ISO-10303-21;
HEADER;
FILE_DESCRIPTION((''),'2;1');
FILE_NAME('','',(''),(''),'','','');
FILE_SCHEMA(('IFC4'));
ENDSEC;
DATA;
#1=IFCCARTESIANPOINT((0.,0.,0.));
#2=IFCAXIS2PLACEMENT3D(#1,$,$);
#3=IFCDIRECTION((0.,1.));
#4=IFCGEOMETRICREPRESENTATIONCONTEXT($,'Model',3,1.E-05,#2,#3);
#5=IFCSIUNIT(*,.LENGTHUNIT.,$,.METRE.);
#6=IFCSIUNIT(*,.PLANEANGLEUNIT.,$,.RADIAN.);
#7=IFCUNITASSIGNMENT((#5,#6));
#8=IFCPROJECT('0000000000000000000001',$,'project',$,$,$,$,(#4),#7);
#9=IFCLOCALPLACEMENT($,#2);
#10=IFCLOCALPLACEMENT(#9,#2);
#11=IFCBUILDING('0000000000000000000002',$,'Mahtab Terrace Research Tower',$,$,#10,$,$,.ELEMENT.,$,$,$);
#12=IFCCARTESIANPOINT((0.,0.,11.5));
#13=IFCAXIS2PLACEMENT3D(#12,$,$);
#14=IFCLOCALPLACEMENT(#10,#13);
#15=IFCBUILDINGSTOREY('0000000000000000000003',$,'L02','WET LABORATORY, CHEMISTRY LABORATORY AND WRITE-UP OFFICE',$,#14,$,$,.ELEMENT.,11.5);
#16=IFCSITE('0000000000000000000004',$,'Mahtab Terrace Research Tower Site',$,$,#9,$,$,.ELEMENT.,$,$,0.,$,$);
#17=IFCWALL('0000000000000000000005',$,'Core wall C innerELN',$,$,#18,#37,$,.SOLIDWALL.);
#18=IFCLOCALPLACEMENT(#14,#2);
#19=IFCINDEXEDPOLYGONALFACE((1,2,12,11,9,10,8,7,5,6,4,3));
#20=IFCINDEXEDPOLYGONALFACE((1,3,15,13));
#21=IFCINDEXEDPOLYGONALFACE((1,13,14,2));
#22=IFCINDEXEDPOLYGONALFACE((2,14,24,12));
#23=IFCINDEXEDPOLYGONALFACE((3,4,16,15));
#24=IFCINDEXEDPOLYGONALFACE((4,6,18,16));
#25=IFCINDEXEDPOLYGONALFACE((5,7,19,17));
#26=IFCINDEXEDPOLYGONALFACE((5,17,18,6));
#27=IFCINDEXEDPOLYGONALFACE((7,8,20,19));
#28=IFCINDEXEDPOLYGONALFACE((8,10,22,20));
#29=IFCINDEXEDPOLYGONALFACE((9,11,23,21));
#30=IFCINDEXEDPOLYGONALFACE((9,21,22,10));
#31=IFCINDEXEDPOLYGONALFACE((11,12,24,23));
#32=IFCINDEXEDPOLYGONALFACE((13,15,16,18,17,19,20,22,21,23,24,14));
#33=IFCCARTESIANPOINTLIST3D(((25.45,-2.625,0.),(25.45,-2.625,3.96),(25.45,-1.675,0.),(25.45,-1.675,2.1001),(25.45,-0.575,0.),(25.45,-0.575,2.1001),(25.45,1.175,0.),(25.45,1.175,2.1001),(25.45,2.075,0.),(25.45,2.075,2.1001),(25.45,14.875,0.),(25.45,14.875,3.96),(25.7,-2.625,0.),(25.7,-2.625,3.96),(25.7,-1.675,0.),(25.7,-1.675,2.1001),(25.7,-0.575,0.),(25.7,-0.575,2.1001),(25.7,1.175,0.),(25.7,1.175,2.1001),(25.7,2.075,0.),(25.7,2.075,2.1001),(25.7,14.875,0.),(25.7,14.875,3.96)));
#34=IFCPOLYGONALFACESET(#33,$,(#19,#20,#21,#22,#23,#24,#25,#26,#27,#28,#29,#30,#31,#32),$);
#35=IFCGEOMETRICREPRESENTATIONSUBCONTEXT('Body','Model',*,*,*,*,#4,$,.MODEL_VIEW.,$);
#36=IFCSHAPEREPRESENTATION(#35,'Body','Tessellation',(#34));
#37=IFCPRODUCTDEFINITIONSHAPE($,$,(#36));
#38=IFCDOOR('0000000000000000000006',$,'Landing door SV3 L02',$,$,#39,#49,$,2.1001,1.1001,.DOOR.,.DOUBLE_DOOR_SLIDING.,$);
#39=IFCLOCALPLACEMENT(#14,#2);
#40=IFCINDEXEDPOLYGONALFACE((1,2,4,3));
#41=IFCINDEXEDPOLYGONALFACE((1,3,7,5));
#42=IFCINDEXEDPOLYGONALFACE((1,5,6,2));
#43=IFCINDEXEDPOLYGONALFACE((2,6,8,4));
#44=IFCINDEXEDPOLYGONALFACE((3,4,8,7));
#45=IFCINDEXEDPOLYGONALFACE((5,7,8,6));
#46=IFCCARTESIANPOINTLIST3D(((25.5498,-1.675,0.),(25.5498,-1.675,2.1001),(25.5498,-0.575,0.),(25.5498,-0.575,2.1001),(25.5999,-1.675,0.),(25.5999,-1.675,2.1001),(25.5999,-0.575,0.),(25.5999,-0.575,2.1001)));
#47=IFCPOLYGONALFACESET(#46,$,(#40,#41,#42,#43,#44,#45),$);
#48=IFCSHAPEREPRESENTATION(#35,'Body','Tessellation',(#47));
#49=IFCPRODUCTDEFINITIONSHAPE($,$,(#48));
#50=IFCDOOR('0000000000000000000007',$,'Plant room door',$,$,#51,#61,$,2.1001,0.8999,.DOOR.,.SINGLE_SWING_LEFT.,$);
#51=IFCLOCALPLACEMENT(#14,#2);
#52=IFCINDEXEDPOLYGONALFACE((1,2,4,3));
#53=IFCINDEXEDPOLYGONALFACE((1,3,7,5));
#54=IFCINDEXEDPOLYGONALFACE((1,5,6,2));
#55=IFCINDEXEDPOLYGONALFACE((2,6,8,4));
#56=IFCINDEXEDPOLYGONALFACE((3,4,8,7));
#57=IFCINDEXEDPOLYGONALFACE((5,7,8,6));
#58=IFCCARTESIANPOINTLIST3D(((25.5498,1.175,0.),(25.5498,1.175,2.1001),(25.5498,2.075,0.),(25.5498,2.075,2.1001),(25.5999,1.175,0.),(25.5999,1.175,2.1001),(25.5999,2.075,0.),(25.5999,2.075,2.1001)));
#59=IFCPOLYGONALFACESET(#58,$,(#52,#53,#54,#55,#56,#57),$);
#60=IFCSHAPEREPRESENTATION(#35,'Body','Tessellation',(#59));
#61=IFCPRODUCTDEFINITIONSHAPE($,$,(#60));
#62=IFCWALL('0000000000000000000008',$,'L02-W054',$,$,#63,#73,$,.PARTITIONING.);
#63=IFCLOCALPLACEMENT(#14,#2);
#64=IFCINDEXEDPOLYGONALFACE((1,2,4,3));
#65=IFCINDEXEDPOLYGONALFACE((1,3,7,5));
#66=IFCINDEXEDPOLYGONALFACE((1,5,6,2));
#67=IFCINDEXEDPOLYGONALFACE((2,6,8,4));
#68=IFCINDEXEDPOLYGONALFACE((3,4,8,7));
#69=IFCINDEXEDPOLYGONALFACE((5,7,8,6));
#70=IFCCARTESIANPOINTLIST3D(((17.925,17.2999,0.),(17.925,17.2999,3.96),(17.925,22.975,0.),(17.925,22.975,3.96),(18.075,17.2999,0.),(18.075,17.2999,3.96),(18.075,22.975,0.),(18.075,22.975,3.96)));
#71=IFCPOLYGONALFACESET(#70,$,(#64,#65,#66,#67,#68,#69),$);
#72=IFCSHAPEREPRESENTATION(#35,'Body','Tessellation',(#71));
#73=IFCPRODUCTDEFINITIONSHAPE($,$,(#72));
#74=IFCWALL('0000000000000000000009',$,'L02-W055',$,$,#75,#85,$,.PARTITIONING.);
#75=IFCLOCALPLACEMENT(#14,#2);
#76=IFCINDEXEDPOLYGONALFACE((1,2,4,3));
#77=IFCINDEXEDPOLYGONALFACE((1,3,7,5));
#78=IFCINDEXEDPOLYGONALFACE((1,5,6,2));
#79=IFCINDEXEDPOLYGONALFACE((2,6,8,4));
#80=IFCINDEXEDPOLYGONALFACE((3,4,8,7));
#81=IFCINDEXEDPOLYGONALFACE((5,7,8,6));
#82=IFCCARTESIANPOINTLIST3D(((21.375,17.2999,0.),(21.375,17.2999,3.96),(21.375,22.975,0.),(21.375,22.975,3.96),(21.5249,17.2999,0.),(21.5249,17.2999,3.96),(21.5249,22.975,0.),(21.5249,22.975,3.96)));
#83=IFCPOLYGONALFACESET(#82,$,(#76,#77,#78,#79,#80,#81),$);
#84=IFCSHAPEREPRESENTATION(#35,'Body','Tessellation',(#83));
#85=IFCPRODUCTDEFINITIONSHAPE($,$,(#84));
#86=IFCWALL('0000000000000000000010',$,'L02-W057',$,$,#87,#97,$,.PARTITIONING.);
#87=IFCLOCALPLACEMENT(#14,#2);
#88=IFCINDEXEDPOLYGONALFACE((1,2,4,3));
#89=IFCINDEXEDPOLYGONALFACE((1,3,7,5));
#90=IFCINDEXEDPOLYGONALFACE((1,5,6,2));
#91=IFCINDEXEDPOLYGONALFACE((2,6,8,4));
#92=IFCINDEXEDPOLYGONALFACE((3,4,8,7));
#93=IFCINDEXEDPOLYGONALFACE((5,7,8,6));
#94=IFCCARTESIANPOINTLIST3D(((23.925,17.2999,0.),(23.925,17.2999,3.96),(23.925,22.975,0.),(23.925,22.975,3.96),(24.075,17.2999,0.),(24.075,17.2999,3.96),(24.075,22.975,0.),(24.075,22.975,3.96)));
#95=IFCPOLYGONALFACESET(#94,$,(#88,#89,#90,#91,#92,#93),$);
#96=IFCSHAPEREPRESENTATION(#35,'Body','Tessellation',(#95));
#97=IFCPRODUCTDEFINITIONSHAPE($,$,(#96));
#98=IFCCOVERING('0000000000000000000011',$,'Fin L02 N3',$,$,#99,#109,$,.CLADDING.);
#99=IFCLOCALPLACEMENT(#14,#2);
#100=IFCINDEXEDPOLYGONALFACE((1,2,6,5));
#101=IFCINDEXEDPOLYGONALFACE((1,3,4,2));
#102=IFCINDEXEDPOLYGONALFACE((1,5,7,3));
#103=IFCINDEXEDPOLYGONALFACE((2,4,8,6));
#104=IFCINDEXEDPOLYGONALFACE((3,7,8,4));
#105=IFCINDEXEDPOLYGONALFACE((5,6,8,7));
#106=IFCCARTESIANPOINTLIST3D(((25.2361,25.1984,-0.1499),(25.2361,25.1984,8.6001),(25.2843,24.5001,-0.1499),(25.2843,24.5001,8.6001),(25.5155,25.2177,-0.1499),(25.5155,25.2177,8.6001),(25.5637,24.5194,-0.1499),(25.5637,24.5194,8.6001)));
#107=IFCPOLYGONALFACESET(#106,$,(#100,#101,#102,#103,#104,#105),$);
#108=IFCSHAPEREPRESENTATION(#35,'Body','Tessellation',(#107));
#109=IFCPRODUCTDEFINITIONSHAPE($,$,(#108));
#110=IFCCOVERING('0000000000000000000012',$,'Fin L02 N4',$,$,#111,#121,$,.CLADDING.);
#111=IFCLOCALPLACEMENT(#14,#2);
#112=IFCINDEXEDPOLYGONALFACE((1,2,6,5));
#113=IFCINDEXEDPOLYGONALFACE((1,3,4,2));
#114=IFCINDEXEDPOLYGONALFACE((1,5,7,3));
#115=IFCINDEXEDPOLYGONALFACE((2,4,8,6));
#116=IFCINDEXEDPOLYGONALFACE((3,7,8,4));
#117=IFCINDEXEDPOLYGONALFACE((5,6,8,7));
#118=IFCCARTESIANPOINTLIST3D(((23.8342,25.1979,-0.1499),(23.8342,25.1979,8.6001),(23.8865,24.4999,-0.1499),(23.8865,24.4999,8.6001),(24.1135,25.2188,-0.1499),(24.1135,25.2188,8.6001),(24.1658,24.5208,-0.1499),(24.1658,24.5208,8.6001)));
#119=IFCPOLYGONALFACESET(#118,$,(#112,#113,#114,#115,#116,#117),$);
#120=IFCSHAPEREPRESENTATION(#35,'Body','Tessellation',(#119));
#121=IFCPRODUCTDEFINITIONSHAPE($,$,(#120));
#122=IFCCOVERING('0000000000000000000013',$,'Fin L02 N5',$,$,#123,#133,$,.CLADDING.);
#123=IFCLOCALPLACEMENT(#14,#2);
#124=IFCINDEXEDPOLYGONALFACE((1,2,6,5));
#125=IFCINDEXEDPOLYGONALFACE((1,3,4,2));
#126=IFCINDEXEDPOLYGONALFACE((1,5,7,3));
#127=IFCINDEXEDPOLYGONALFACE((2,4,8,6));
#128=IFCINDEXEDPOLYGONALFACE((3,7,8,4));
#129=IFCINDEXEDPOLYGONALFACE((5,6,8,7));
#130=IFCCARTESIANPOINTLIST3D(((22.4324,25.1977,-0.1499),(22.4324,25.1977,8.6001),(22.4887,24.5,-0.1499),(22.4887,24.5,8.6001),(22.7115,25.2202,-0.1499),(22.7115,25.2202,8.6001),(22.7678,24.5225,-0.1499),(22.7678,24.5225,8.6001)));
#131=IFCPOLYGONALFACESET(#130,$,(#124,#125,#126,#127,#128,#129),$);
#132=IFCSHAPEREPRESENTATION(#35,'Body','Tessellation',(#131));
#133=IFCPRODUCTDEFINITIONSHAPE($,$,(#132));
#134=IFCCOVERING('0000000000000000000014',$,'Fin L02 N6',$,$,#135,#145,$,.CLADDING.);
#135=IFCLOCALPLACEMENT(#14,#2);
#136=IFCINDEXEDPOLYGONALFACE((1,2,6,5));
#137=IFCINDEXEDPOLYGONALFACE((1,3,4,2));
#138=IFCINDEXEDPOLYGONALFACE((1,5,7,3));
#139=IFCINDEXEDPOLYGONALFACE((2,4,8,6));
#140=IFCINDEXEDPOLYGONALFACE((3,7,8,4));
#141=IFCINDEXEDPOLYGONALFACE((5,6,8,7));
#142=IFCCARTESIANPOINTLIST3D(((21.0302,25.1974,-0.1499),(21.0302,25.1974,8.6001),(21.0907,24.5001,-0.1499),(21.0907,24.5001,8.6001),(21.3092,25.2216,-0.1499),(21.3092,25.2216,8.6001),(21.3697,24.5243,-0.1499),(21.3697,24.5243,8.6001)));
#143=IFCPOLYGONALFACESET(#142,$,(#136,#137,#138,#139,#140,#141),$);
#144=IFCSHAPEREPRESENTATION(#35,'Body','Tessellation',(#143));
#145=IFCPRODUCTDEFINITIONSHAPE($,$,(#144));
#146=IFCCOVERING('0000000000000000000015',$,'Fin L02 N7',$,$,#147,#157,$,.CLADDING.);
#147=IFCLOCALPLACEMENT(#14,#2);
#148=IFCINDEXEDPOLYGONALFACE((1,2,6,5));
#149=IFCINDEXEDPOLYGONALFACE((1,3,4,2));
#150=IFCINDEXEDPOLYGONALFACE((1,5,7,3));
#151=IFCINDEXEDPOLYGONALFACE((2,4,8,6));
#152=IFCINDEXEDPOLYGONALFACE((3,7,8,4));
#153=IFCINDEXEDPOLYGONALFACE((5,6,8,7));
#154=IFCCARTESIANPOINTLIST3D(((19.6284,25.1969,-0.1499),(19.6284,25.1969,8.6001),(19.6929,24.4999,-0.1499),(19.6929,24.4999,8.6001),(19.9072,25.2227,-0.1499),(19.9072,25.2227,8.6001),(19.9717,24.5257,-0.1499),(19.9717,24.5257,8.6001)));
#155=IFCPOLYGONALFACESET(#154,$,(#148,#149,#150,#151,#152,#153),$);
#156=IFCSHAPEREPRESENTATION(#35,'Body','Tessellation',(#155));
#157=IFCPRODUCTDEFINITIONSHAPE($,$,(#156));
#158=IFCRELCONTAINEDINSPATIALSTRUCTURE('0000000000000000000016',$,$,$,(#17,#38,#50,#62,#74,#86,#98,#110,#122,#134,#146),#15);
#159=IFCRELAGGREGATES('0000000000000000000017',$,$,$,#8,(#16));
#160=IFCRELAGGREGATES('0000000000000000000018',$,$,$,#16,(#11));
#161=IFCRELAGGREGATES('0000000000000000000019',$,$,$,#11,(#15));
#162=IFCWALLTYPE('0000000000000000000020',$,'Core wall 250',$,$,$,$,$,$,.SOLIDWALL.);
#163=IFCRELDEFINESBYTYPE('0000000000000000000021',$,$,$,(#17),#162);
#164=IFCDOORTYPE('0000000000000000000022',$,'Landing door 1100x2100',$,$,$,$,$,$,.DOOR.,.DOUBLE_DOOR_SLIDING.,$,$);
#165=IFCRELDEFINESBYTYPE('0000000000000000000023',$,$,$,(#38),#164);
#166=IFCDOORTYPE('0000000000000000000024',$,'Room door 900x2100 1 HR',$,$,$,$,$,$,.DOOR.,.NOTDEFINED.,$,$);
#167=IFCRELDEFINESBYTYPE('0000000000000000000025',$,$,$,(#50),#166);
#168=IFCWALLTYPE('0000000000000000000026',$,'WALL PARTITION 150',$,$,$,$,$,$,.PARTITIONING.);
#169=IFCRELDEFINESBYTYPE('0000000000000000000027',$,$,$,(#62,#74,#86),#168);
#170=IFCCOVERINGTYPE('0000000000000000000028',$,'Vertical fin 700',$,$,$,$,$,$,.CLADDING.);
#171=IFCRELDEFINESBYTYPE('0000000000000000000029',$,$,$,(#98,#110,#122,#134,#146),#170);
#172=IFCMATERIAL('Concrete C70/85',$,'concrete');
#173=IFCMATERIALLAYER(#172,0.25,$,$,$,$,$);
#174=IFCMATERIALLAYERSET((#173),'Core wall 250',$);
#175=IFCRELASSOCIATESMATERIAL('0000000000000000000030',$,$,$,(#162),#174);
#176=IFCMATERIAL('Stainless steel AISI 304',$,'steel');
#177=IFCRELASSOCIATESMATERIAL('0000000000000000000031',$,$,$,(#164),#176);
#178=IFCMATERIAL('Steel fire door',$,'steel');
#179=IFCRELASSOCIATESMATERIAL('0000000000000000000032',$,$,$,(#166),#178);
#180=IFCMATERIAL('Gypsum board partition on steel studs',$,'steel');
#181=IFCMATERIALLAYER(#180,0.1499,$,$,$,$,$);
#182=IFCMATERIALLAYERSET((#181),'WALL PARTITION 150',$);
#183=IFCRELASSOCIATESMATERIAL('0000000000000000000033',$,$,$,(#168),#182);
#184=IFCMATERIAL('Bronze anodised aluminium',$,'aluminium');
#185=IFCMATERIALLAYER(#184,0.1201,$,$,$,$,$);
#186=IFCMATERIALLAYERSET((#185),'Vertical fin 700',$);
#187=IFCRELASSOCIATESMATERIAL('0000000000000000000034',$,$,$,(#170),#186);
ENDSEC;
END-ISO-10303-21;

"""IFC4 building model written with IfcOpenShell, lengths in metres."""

from ifc_helpers import new_model, si_unit, direction, frame, frame_2d, origin, origin_2d, place, context, subcontext, project, spatial, rectangle, extrude, material, layer, layer_set, type_object, element, fill, save


model = new_model("IFC4")

# Units and contexts
model_context = context("Model", 3, precision=1e-05, world=origin(), true_north=direction((0.0, 1.0)))
body_context = subcontext(model_context, "Body", "Model", "MODEL_VIEW")
ifc_project = project(units=[si_unit("LENGTHUNIT", "METRE"), si_unit("PLANEANGLEUNIT", "RADIAN")], contexts=[model_context])

# Site, building, storey
site_placement = place(None, origin())
site = spatial("IfcSite", under=ifc_project, at=site_placement, Name="Mahtab Terrace Research Tower Site", CompositionType="ELEMENT", RefElevation=0.0)
building_placement = place(site_placement, origin())
building = spatial("IfcBuilding", under=site, at=building_placement, Name="Mahtab Terrace Research Tower", CompositionType="ELEMENT")
storey_placement = place(building_placement, frame((0.0, 0.0, 11.5)))
storey = spatial("IfcBuildingStorey", under=building, at=storey_placement, Name="L02", Description="WET LABORATORY, CHEMISTRY LABORATORY AND WRITE-UP OFFICE", CompositionType="ELEMENT", Elevation=11.5)

# Shared definitions
ifc_material_1 = material(Name="Concrete C70/85", Category="concrete")
ifc_layer_1 = layer(ifc_material_1, 0.25)
ifc_layer_set_1 = layer_set([ifc_layer_1], Name="Core wall 250")
wall_type_1 = type_object("IfcWallType", Name="Core wall 250", PredefinedType="SOLIDWALL", material=ifc_layer_set_1)

# Shared definitions
ifc_material_2 = material(Name="Steel fire door", Category="steel")

# Wall, openings, doors
wall_1_placement = place(storey_placement, frame((25.575, 14.875, 0.0), z_axis=(0.0, 0.0, 1.0), x_axis=(0.0, -1.0, 0.0)))
wall_1 = element("IfcWall", 1, at=wall_1_placement, inside=storey, type_object=wall_type_1, Name="Core wall C innerELN", PredefinedType="SOLIDWALL", context=body_context, shape_type="SweptSolid", body=[
    extrude(rectangle(XDim=17.5, YDim=0.25, at=frame_2d((8.75, 0.0))), origin(), (0.0, 0.0, 1.0), 3.96),
])
opening_1_placement = place(wall_1_placement, frame((15.45, 0.0, 0.0)))
opening_1 = element("IfcOpeningElement", 2, at=opening_1_placement, cuts=wall_1, PredefinedType="OPENING", context=body_context, shape_type="SweptSolid", body=[
    extrude(rectangle(XDim=1.1001, YDim=2.1001, at=frame_2d((0.55, 1.05))), frame((0.0, 0.135, 0.0), z_axis=(0.0, -1.0, 0.0), x_axis=(1.0, 0.0, 0.0)), (0.0, 0.0, 1.0), 0.27),
])
opening_2_placement = place(wall_1_placement, frame((12.8, 0.0, 0.0)))
opening_2 = element("IfcOpeningElement", 3, at=opening_2_placement, cuts=wall_1, PredefinedType="OPENING", context=body_context, shape_type="SweptSolid", body=[
    extrude(rectangle(XDim=0.8999, YDim=2.1001, at=frame_2d((0.45, 1.05))), frame((0.0, 0.135, 0.0), z_axis=(0.0, -1.0, 0.0), x_axis=(1.0, 0.0, 0.0)), (0.0, 0.0, 1.0), 0.27),
])
ifc_material_3 = material(Name="Stainless steel AISI 304", Category="steel")
door_type_1 = type_object("IfcDoorType", Name="Landing door 1100x2100", OperationType="DOUBLE_DOOR_SLIDING", PredefinedType="DOOR", material=ifc_material_3)
door_1_placement = place(opening_1_placement, origin())
door_1 = element("IfcDoor", 4, at=door_1_placement, inside=storey, type_object=door_type_1, Name="Landing door SV3 L02", OperationType="DOUBLE_DOOR_SLIDING", OverallHeight=2.1001, OverallWidth=1.1001, PredefinedType="DOOR", context=body_context, shape_type="SweptSolid", body=[
    extrude(rectangle(XDim=1.1001, YDim=2.1001, at=frame_2d((0.55, 1.05))), frame((0.0, 0.0249, 0.0), z_axis=(0.0, -1.0, 0.0), x_axis=(1.0, 0.0, 0.0)), (0.0, 0.0, 1.0), 0.05),
])
fill(opening_1, door_1)
door_type_2 = type_object("IfcDoorType", Name="Room door 900x2100 1 HR", OperationType="NOTDEFINED", PredefinedType="DOOR", material=ifc_material_2)
door_2_placement = place(opening_2_placement, origin())
door_2 = element("IfcDoor", 5, at=door_2_placement, inside=storey, type_object=door_type_2, Name="Plant room door", OperationType="SINGLE_SWING_LEFT", OverallHeight=2.1001, OverallWidth=0.8999, PredefinedType="DOOR", context=body_context, shape_type="SweptSolid", body=[
    extrude(rectangle(XDim=0.8999, YDim=2.1001, at=frame_2d((0.45, 1.05))), frame((0.0, 0.0249, 0.0), z_axis=(0.0, -1.0, 0.0), x_axis=(1.0, 0.0, 0.0)), (0.0, 0.0, 1.0), 0.05),
])
fill(opening_2, door_2)

# Walls
ifc_material_4 = material(Name="Gypsum board partition on steel studs", Category="steel")
ifc_layer_2 = layer(ifc_material_4, 0.1499)
ifc_layer_set_2 = layer_set([ifc_layer_2], Name="WALL PARTITION 150")
wall_type_2 = type_object("IfcWallType", Name="WALL PARTITION 150", PredefinedType="PARTITIONING", material=ifc_layer_set_2)
for number, where, z_axis, x_axis, name in (
    (6, (18.0, 17.3, 0.0), (0.0, 0.0, 1.0), (0.0, 1.0, 0.0), "L02-W054"),
    (7, (21.45, 17.3, 0.0), (0.0, 0.0, 1.0), (0.0, 1.0, 0.0), "L02-W055"),
    (8, (24.0, 17.3, 0.0), (0.0, 0.0, 1.0), (0.0, 1.0, 0.0), "L02-W057"),
):
    element("IfcWall", number, at=place(storey_placement, frame(where, z_axis=z_axis, x_axis=x_axis)), inside=storey, type_object=wall_type_2, Name=name, PredefinedType="PARTITIONING", context=body_context, shape_type="SweptSolid", body=[
        extrude(rectangle(XDim=5.675, YDim=0.1499, at=frame_2d((2.8374, 0.0))), origin(), (0.0, 0.0, 1.0), 3.96),
    ])

# Coverings
ifc_material_5 = material(Name="Bronze anodised aluminium", Category="aluminium")
ifc_layer_3 = layer(ifc_material_5, 0.1201)
ifc_layer_set_3 = layer_set([ifc_layer_3], Name="Vertical fin 700")
covering_type = type_object("IfcCoveringType", Name="Vertical fin 700", PredefinedType="CLADDING", material=ifc_layer_set_3)
for number, where, z_axis, x_axis, name in (
    (9, (25.3999, 24.8589, -0.1499), (0.0, 0.0, 1.0), (-0.997622, -0.068927, 0.0), "Fin L02 N3"),
    (10, (24.0, 24.8594, -0.1499), (0.0, 0.0, 1.0), (-0.997204, -0.07473, 0.0), "Fin L02 N4"),
    (11, (22.6001, 24.8601, -0.1499), (0.0, 0.0, 1.0), (-0.996752, -0.08053, 0.0), "Fin L02 N5"),
    (12, (21.2, 24.8608, -0.1499), (0.0, 0.0, 1.0), (-0.996267, -0.086328, 0.0), "Fin L02 N6"),
    (13, (19.8, 24.8613, -0.1499), (0.0, 0.0, 1.0), (-0.995748, -0.092122, 0.0), "Fin L02 N7"),
):
    element("IfcCovering", number, at=place(storey_placement, frame(where, z_axis=z_axis, x_axis=x_axis)), inside=storey, type_object=covering_type, Name=name, PredefinedType="CLADDING", context=body_context, shape_type="SweptSolid", body=[
        extrude(rectangle(XDim=0.28, YDim=0.7, at=origin_2d()), origin(), (0.0, 0.0, 1.0), 8.75),
    ])

save(model, "model.ifc")
